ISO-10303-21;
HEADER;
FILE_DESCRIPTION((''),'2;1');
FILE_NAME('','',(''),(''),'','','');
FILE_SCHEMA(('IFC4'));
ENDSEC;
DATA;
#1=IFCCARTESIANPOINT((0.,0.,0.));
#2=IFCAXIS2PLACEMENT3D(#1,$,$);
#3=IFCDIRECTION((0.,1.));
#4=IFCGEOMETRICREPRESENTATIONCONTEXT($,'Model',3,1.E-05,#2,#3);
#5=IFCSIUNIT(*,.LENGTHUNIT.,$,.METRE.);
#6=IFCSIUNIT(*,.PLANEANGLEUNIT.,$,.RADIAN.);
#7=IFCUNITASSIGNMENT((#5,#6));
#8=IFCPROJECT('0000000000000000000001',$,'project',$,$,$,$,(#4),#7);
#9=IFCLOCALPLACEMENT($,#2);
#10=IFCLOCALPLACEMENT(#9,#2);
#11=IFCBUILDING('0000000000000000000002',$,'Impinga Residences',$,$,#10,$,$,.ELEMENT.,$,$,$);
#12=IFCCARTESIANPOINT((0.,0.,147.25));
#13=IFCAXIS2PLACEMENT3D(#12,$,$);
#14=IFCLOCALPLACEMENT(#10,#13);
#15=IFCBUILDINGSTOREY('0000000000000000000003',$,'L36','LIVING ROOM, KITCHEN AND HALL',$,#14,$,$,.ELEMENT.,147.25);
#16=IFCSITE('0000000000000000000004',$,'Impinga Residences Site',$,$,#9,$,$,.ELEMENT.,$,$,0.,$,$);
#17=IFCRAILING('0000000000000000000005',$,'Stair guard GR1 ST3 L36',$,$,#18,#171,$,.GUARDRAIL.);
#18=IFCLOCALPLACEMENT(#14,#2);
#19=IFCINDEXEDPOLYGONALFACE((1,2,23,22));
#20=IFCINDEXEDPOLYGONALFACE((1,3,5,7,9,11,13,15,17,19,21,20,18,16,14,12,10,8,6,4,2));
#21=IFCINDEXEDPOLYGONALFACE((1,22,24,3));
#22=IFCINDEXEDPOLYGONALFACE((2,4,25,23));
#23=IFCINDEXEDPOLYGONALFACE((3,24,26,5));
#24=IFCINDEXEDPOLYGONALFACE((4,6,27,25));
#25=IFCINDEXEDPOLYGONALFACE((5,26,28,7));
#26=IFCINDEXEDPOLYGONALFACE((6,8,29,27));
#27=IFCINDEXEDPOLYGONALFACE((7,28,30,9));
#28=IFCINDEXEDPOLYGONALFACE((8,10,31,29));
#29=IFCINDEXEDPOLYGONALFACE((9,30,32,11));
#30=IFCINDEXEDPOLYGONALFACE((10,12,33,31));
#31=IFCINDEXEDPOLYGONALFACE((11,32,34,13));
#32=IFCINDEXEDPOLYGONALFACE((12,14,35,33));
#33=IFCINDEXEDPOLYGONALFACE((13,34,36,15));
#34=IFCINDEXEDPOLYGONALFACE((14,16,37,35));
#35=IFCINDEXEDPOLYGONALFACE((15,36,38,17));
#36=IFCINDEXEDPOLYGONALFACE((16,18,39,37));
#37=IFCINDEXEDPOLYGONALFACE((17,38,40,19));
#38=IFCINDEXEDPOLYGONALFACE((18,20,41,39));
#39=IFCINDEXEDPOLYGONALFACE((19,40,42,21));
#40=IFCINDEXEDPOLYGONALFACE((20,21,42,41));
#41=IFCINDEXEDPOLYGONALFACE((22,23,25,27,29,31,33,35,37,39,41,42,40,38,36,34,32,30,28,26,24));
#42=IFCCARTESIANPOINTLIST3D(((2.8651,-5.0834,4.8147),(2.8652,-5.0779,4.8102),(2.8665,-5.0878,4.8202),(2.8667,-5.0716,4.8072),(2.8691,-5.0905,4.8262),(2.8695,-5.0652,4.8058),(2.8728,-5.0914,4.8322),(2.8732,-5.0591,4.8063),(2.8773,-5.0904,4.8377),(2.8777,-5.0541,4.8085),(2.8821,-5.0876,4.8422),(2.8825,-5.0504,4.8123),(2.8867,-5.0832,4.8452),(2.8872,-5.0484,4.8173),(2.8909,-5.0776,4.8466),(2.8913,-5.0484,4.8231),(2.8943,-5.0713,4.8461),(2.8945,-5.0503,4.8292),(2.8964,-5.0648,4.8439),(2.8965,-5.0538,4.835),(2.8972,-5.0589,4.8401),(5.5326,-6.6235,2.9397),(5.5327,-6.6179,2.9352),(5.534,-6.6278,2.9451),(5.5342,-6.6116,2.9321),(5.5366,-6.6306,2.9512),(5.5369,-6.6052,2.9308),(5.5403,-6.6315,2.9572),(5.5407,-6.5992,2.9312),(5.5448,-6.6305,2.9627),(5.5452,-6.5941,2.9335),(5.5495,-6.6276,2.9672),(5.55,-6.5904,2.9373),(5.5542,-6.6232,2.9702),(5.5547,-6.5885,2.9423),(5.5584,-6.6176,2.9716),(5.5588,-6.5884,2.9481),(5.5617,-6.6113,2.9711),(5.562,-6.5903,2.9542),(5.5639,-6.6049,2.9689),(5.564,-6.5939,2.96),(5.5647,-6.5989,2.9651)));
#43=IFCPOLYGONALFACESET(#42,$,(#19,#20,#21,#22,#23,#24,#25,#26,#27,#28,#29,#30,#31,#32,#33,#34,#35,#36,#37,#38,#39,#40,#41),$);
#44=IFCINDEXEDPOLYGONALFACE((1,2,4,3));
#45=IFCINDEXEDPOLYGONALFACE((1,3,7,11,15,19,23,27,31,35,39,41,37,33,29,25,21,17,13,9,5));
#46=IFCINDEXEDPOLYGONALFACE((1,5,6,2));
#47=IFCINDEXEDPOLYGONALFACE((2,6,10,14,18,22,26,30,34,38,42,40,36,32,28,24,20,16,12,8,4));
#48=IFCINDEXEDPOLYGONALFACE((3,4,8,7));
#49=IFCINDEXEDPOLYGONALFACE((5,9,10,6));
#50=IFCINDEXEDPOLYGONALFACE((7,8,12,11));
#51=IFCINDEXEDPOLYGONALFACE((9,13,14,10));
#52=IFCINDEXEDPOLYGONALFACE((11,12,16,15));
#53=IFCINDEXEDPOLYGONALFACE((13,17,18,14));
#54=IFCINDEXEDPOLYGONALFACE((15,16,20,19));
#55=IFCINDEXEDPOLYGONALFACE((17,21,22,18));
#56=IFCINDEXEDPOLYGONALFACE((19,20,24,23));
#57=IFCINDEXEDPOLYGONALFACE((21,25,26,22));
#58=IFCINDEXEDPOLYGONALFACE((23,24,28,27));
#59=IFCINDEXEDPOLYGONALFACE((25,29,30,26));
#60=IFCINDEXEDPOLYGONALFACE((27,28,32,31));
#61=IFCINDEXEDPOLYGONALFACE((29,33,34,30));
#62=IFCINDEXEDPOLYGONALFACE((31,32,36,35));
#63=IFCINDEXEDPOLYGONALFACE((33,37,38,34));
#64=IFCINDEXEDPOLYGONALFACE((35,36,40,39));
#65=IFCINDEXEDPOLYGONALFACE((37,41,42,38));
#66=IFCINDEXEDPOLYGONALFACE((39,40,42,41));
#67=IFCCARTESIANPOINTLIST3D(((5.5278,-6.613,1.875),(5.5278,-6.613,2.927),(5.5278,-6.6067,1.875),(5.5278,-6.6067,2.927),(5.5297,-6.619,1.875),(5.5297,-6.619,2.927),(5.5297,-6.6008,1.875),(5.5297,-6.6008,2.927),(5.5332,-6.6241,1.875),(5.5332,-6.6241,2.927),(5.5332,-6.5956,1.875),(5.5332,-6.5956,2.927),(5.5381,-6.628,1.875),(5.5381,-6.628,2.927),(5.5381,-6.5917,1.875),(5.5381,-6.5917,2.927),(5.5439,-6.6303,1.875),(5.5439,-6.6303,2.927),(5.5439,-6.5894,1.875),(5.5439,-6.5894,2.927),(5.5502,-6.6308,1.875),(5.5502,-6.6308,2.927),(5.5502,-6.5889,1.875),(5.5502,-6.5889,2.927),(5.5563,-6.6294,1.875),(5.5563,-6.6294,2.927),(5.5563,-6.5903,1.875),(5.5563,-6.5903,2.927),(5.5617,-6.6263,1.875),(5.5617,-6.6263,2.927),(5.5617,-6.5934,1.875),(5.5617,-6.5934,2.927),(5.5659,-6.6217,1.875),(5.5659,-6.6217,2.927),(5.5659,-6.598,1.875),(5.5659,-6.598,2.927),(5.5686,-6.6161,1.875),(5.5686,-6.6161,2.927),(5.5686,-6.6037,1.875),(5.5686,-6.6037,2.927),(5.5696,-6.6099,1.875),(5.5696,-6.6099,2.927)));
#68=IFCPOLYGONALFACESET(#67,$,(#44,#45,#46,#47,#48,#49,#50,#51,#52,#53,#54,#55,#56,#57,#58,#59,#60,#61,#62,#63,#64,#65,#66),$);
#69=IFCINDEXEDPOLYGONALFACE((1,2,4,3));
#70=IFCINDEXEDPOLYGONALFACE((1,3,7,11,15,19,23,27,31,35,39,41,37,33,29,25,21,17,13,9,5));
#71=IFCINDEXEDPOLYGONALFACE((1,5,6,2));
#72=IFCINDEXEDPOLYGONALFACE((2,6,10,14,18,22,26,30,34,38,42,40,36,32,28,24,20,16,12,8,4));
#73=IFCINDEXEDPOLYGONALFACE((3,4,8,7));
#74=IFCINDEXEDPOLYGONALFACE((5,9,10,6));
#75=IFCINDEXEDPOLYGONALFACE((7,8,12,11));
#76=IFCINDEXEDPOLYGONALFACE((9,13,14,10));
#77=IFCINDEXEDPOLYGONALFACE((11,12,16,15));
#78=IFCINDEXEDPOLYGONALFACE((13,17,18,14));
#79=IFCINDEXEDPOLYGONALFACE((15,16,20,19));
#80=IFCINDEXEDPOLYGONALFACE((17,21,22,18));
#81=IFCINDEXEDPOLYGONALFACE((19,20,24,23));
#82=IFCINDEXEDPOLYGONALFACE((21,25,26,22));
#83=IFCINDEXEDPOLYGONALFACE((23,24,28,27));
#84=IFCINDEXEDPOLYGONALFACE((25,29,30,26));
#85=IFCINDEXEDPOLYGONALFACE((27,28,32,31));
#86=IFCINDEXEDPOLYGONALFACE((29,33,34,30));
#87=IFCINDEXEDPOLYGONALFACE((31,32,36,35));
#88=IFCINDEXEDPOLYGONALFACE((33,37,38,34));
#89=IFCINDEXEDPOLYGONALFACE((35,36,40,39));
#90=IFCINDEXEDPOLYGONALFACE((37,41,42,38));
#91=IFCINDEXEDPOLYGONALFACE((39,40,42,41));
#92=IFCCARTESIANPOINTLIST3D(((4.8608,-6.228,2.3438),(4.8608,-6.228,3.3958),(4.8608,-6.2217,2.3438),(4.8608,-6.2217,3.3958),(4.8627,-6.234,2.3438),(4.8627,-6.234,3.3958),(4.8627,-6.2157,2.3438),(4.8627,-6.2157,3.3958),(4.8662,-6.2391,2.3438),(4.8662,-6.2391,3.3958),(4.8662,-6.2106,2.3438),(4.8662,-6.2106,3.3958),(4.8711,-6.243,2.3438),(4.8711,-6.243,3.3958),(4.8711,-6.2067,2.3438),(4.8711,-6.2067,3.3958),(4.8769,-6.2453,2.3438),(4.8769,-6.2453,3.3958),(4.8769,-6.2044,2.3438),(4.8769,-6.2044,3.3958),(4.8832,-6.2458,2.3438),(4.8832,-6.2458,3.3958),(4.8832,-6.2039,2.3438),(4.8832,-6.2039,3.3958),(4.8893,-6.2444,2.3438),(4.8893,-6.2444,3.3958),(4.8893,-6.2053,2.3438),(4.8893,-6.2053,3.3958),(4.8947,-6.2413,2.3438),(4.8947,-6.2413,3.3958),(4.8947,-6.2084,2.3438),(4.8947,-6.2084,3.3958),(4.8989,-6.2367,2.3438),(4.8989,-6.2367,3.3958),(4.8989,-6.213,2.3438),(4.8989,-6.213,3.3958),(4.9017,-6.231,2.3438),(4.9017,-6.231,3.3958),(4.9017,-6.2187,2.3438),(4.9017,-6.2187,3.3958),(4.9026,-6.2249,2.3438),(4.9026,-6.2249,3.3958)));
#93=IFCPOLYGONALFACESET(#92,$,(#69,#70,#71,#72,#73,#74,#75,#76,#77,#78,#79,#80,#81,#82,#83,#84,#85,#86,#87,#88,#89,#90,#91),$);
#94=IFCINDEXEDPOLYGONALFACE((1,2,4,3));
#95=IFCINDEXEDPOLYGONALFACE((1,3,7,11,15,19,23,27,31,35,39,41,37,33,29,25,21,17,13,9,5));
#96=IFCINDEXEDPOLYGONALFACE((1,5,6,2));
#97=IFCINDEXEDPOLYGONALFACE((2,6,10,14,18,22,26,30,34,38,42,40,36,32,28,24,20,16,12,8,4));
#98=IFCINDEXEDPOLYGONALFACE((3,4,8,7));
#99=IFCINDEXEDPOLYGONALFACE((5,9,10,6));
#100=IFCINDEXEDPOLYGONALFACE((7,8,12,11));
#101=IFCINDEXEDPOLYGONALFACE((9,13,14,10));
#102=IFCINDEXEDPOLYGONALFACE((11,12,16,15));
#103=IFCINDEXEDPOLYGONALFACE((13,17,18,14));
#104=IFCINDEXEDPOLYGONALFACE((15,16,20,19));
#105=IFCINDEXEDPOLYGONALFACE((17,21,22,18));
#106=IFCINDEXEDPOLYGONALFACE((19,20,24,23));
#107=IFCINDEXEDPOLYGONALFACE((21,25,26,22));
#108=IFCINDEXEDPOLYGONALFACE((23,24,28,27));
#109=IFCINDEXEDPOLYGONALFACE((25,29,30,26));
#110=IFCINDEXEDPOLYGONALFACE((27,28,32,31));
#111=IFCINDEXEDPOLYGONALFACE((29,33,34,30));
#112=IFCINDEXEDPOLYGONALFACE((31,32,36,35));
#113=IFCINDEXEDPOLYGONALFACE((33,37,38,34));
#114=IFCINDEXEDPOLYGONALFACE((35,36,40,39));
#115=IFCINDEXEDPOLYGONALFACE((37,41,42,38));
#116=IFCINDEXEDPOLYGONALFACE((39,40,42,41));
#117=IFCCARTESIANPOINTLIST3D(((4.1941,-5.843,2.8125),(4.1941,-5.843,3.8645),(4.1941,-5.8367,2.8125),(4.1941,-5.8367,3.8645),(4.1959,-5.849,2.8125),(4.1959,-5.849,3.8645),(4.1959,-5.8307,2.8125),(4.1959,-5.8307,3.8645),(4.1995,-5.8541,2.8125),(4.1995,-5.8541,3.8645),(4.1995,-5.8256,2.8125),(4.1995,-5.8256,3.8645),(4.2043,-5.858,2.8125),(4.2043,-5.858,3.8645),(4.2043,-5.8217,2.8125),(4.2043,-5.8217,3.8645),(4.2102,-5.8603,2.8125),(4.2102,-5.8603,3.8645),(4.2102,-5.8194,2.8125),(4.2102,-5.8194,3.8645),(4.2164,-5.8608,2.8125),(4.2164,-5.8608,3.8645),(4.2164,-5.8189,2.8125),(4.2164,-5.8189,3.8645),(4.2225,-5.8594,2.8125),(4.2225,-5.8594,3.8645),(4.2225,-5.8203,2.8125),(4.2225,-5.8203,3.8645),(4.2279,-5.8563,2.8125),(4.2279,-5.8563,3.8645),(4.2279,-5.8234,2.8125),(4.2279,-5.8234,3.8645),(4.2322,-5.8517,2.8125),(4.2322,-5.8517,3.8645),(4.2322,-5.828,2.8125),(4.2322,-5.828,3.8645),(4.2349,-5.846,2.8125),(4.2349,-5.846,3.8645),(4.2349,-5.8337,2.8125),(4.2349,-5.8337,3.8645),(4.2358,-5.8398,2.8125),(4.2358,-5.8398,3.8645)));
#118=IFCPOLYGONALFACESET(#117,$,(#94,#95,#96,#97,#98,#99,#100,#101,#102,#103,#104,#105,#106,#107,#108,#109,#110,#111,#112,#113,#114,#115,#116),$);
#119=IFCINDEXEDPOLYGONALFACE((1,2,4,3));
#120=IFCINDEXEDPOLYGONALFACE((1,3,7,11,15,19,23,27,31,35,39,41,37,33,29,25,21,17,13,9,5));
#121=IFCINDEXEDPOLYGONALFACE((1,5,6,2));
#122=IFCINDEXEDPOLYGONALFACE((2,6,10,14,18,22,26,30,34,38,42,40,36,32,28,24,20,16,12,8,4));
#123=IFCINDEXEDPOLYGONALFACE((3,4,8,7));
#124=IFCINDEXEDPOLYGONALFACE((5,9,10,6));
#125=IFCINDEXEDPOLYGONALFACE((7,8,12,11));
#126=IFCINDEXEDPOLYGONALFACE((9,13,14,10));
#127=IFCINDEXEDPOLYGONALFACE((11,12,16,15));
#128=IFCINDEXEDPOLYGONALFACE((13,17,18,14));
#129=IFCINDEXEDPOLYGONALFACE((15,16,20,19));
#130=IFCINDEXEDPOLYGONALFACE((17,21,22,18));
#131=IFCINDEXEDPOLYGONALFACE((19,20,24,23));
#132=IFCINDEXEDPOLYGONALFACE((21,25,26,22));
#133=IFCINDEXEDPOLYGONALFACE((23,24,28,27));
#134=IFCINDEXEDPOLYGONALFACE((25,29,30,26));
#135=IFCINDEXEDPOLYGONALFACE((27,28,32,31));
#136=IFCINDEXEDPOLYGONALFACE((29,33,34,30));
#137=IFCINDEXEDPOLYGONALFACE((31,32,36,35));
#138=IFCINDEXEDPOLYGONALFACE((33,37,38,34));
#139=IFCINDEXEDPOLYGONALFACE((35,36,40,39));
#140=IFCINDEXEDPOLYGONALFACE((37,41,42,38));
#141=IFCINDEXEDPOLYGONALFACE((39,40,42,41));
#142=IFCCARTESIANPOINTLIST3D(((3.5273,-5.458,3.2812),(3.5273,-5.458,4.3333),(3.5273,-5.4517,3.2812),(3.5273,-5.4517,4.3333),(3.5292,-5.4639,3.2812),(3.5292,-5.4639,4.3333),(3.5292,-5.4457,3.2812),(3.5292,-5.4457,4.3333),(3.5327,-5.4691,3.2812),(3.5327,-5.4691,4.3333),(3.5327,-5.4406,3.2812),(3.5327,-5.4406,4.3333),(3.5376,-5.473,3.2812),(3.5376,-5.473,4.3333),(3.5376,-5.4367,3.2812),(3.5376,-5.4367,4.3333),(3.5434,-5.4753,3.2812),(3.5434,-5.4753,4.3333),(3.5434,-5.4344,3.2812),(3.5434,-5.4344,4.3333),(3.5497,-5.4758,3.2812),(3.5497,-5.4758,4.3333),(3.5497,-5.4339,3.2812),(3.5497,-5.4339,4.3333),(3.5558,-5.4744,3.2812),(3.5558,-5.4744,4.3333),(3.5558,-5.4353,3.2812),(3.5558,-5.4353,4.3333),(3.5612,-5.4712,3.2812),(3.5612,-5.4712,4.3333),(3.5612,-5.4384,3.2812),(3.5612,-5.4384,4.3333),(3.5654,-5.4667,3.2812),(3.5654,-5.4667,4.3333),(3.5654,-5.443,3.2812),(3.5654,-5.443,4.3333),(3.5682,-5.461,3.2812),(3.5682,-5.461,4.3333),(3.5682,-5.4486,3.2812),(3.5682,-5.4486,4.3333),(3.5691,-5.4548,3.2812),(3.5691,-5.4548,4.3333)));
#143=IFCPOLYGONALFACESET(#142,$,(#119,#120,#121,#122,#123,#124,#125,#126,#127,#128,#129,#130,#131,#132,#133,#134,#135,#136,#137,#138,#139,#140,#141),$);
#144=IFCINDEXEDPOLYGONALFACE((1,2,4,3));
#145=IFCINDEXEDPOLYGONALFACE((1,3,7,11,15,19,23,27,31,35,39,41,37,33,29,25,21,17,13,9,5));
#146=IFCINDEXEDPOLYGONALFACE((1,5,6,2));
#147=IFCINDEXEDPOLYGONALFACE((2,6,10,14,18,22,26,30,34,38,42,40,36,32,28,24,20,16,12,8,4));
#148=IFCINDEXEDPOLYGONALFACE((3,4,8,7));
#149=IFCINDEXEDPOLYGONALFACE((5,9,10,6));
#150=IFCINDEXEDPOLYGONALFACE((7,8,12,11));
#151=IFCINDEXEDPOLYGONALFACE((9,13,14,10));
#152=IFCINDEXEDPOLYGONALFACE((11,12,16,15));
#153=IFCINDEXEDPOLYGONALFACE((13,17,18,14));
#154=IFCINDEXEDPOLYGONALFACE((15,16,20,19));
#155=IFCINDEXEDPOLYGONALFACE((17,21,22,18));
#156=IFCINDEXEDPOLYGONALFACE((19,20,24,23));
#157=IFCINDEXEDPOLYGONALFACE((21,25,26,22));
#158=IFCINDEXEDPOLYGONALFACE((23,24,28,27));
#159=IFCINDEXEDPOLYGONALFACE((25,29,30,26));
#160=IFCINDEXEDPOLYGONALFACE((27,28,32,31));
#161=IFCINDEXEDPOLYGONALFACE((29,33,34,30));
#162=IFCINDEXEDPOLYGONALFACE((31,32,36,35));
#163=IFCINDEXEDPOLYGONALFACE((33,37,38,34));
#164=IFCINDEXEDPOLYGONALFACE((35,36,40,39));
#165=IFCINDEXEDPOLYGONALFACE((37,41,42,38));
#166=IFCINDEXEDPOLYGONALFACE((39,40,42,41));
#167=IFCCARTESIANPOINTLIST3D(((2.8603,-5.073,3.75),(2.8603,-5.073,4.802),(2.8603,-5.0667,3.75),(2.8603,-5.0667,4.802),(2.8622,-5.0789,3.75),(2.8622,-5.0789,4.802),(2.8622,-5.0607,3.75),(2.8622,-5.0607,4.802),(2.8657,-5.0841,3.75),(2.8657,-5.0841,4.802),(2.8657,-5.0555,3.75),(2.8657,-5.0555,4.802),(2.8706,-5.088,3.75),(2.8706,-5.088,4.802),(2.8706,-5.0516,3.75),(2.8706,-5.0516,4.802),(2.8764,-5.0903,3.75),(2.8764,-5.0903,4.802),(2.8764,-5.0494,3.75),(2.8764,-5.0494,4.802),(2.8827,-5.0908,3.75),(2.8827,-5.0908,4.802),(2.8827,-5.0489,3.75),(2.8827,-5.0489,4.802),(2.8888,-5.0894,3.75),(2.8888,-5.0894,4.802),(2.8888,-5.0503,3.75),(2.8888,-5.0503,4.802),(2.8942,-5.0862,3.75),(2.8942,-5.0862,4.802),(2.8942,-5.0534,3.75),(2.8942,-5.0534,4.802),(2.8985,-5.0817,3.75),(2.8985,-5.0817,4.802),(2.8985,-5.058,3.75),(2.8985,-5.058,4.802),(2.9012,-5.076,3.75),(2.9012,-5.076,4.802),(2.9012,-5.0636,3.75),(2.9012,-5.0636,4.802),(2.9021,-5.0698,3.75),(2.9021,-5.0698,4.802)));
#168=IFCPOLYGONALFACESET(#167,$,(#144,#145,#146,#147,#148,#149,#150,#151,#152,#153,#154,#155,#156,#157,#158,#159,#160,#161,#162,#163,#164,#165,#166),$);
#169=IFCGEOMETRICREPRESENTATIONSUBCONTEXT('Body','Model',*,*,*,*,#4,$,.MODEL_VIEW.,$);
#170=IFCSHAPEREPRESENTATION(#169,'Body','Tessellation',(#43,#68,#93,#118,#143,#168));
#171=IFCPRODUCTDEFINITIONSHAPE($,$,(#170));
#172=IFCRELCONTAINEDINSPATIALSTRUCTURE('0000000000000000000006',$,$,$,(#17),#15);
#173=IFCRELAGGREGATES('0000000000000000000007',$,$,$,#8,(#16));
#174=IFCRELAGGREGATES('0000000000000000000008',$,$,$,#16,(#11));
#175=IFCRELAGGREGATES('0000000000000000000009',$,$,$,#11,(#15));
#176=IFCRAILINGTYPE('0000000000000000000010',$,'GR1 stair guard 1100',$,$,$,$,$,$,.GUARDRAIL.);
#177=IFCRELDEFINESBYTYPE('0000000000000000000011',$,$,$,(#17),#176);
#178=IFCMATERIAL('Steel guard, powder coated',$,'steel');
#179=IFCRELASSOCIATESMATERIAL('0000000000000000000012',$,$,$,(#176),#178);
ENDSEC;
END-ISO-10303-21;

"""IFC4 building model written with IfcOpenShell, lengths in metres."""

from ifc_helpers import new_model, si_unit, direction, frame, origin, origin_2d, place, context, subcontext, project, spatial, circle, extrude, material, type_object, element, save


model = new_model("IFC4")

# Units and contexts
model_context = context("Model", 3, precision=1e-05, world=origin(), true_north=direction((0.0, 1.0)))
body_context = subcontext(model_context, "Body", "Model", "MODEL_VIEW")
ifc_project = project(units=[si_unit("LENGTHUNIT", "METRE"), si_unit("PLANEANGLEUNIT", "RADIAN")], contexts=[model_context])

# Site, building, storey
site_placement = place(None, origin())
site = spatial("IfcSite", under=ifc_project, at=site_placement, Name="Impinga Residences Site", CompositionType="ELEMENT", RefElevation=0.0)
building_placement = place(site_placement, origin())
building = spatial("IfcBuilding", under=site, at=building_placement, Name="Impinga Residences", CompositionType="ELEMENT")
storey_placement = place(building_placement, frame((0.0, 0.0, 147.25)))
storey = spatial("IfcBuildingStorey", under=building, at=storey_placement, Name="L36", Description="LIVING ROOM, KITCHEN AND HALL", CompositionType="ELEMENT", Elevation=147.25)

# Railing
ifc_material_1 = material(Name="Steel guard, powder coated", Category="steel")
railing_type_1 = type_object("IfcRailingType", Name="GR1 stair guard 1100", PredefinedType="GUARDRAIL", material=ifc_material_1)
railing_1_placement = place(storey_placement, frame((5.5486, -6.6099, 1.875)))
element("IfcRailing", 1, at=railing_1_placement, inside=storey, type_object=railing_type_1, Name="Stair guard GR1 ST3 L36", PredefinedType="GUARDRAIL", context=body_context, shape_type="SweptSolid", body=[
    extrude(circle(Radius=0.0239, at=origin_2d()), frame((0.0, 0.0, 1.0762), z_axis=(-0.739746, 0.427084, 0.519975), x_axis=(-0.499992, -0.86603, 0.0)), (0.0, 0.0, 1.0), 3.606),
    extrude(circle(Radius=0.021, at=origin_2d()), origin(), (0.0, 0.0, 1.0), 1.052),
    extrude(circle(Radius=0.021, at=origin_2d()), frame((-0.667, 0.385, 0.4688)), (0.0, 0.0, 1.0), 1.052),
    extrude(circle(Radius=0.021, at=origin_2d()), frame((-1.3337, 0.77, 0.9375)), (0.0, 0.0, 1.0), 1.052),
    extrude(circle(Radius=0.021, at=origin_2d()), frame((-2.0005, 1.155, 1.4062)), (0.0, 0.0, 1.0), 1.052),
    extrude(circle(Radius=0.021, at=origin_2d()), frame((-2.6675, 1.54, 1.875)), (0.0, 0.0, 1.0), 1.052),
])

save(model, "model.ifc")
